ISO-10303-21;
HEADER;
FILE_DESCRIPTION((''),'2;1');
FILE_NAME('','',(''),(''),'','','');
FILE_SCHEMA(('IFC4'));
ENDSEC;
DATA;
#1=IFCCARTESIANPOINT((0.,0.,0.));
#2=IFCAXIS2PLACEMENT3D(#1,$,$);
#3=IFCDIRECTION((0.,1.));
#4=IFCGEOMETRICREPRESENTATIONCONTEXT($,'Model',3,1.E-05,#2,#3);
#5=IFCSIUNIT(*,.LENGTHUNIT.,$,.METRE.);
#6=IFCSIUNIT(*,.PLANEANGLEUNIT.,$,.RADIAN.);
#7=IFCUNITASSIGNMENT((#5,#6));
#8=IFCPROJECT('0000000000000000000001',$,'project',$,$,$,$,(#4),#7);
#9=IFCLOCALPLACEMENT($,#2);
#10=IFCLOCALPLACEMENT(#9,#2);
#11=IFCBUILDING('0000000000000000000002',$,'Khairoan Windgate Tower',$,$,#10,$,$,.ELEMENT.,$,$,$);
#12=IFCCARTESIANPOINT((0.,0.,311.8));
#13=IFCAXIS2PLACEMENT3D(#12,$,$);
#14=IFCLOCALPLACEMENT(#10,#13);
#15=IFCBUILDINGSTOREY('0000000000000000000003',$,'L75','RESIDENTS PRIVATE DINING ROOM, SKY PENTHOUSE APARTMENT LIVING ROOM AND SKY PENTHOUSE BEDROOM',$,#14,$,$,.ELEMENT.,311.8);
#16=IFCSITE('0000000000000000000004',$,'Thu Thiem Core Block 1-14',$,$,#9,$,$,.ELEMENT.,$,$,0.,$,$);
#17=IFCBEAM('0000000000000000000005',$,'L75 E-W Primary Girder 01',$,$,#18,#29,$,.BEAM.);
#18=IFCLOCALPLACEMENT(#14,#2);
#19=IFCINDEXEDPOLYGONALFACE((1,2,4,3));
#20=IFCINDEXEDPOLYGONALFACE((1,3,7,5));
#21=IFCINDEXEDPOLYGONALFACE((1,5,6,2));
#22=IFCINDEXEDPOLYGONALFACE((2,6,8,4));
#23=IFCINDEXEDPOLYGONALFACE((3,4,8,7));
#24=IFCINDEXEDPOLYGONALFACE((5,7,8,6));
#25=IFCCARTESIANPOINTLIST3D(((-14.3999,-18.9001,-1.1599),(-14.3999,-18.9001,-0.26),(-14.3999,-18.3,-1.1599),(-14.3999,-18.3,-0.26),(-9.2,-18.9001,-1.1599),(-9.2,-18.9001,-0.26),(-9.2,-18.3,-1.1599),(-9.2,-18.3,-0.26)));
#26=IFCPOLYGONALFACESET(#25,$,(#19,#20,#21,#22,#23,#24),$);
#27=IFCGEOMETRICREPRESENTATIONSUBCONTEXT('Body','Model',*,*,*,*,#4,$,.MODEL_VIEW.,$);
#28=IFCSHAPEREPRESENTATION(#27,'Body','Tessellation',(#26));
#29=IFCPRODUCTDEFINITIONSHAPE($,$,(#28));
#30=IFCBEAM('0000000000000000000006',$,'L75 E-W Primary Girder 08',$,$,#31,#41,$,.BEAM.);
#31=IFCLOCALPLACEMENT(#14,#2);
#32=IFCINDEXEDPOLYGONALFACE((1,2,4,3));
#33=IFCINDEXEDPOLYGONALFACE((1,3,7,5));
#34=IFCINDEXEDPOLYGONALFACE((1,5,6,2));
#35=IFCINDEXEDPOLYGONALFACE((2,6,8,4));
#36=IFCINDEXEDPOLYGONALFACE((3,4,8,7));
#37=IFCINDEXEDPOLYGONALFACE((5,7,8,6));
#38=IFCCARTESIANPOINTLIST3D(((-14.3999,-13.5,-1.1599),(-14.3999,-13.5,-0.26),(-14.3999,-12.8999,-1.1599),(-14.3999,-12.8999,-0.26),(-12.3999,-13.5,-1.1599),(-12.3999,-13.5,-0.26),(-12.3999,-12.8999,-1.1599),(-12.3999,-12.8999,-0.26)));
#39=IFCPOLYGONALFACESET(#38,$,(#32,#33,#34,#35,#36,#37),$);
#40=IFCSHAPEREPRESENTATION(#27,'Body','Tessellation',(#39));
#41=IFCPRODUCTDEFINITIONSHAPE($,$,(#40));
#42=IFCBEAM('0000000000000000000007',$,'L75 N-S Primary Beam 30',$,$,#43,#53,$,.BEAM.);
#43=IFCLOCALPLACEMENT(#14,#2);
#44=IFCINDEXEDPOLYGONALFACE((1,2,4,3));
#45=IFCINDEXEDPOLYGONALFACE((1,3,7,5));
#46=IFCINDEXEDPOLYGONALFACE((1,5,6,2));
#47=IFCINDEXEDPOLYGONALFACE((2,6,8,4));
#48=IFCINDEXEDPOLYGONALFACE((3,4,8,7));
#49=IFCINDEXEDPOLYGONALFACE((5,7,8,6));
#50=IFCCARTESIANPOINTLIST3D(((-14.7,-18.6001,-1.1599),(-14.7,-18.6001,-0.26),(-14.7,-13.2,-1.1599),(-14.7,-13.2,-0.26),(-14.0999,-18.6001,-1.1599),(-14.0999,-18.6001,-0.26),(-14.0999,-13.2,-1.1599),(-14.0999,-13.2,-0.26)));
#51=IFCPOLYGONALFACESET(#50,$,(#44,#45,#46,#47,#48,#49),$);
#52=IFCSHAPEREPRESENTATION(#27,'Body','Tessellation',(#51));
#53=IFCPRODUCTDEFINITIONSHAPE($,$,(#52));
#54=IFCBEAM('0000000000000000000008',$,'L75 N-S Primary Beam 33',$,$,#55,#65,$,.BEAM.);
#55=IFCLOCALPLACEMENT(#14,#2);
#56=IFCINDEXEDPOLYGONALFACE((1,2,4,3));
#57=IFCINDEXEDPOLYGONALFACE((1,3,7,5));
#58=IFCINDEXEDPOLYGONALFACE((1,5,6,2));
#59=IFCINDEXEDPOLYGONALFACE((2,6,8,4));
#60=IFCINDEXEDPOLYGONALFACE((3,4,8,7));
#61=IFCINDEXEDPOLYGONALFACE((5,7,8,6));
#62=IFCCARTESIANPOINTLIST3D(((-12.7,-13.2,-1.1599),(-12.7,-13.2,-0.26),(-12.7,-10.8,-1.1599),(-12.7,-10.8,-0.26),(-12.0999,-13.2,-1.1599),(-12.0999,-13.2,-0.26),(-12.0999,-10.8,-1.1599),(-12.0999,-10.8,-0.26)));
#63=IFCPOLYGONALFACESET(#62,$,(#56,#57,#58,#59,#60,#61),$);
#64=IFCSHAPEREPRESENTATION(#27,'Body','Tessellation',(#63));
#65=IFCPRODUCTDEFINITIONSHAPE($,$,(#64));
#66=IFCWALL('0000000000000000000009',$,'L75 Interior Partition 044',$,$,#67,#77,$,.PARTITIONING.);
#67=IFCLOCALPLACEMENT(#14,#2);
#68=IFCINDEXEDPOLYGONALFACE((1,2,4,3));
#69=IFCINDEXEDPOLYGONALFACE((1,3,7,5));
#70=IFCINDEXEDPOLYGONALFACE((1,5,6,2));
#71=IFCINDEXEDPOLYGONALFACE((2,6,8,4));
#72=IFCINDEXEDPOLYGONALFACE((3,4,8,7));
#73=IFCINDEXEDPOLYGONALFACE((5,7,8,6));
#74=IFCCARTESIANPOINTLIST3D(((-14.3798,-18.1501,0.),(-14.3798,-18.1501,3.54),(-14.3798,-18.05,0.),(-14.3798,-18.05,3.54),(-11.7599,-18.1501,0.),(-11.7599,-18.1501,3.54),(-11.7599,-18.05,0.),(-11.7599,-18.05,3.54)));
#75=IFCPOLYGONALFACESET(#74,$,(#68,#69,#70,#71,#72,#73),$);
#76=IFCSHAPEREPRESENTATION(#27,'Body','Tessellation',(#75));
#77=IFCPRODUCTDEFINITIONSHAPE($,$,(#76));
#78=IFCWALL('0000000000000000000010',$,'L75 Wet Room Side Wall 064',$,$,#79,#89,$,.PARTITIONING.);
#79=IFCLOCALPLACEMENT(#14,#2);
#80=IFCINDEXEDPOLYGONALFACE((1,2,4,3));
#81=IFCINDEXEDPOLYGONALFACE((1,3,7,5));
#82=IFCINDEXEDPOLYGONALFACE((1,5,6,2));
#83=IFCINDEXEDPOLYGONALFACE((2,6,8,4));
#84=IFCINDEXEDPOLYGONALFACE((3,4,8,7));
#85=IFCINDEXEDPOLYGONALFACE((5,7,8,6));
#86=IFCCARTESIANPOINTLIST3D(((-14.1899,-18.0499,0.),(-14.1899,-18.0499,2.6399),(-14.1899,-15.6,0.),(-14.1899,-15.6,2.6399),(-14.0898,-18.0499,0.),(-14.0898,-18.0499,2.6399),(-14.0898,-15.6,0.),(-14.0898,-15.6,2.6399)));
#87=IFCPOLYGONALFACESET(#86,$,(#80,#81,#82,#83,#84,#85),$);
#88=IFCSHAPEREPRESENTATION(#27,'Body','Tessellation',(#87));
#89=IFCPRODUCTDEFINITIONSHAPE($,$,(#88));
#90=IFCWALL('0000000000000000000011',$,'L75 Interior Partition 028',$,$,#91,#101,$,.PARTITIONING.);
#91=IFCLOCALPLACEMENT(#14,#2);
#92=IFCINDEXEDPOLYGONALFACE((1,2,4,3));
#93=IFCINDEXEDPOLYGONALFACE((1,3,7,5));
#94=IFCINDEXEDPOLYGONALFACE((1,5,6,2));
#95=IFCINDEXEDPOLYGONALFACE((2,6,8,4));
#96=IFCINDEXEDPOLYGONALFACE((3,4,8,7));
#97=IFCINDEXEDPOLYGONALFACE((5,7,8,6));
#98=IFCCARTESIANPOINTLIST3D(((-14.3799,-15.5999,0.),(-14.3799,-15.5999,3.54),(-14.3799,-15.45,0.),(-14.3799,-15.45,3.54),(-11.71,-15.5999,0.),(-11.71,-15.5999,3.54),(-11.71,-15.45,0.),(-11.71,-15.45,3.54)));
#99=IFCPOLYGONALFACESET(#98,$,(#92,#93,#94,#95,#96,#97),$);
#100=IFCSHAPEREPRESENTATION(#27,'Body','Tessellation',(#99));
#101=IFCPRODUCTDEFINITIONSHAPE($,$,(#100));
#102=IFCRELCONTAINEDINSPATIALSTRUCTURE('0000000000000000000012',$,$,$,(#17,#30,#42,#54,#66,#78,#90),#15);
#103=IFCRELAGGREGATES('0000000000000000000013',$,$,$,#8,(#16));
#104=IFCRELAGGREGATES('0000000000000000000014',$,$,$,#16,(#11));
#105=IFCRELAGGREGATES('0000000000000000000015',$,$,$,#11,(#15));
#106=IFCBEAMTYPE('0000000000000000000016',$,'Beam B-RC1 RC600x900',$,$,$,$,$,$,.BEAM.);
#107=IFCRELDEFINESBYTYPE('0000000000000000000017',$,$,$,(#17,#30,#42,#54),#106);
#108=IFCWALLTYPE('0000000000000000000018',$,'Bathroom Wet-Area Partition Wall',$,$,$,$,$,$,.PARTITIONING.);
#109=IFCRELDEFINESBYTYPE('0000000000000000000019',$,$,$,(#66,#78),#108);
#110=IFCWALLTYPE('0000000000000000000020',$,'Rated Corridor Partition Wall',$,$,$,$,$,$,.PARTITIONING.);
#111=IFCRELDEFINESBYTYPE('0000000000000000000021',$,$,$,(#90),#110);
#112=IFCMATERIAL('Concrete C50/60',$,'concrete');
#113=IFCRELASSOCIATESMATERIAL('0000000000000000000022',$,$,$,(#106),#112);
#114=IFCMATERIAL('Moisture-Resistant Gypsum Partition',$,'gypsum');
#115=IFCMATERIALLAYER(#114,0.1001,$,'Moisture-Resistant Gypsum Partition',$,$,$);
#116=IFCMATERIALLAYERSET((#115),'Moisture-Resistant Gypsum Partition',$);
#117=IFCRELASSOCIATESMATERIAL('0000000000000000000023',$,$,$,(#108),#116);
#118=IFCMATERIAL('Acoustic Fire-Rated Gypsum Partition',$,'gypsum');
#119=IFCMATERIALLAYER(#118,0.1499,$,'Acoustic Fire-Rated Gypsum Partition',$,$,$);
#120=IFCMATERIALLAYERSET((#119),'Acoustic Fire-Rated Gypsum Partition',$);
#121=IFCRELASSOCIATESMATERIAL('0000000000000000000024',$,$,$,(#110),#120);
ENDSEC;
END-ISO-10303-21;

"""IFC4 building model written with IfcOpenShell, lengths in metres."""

from ifc_helpers import new_model, si_unit, direction, frame, frame_2d, origin, origin_2d, place, context, subcontext, project, spatial, rectangle, extrude, material, layer, layer_set, material_profile, profile_set, type_object, element, save


model = new_model("IFC4")

# Units and contexts
model_context = context("Model", 3, precision=1e-05, world=origin(), true_north=direction((0.0, 1.0)))
body_context = subcontext(model_context, "Body", "Model", "MODEL_VIEW")
ifc_project = project(units=[si_unit("LENGTHUNIT", "METRE"), si_unit("PLANEANGLEUNIT", "RADIAN")], contexts=[model_context])

# Site, building, storey
site_placement = place(None, origin())
site = spatial("IfcSite", under=ifc_project, at=site_placement, Name="Thu Thiem Core Block 1-14", CompositionType="ELEMENT", RefElevation=0.0)
building_placement = place(site_placement, origin())
building = spatial("IfcBuilding", under=site, at=building_placement, Name="Khairoan Windgate Tower", CompositionType="ELEMENT")
storey_placement = place(building_placement, frame((0.0, 0.0, 311.8)))
storey = spatial("IfcBuildingStorey", under=building, at=storey_placement, Name="L75", Description="RESIDENTS PRIVATE DINING ROOM, SKY PENTHOUSE APARTMENT LIVING ROOM AND SKY PENTHOUSE BEDROOM", CompositionType="ELEMENT", Elevation=311.8)

# Beams
ifc_material_1 = material(Name="Concrete C50/60", Category="concrete")
ifc_material_profile = material_profile(ifc_material_1, rectangle(XDim=0.6001, YDim=0.8999, at=origin_2d()))
ifc_profile_set = profile_set([ifc_material_profile], Name="Concrete C50/60")
beam_type = type_object("IfcBeamType", Name="Beam B-RC1 RC600x900", PredefinedType="BEAM", material=ifc_profile_set)
beam_1_placement = place(storey_placement, frame((-14.3999, -18.6001, -0.71), z_axis=(1.0, 0.0, 0.0), x_axis=(0.0, 1.0, 0.0)))
element("IfcBeam", 1, at=beam_1_placement, inside=storey, type_object=beam_type, Name="L75 E-W Primary Girder 01", PredefinedType="BEAM", context=body_context, shape_type="SweptSolid", body=[
    extrude(rectangle(XDim=0.6001, YDim=0.8999, at=origin_2d()), origin(), (0.0, 0.0, 1.0), 5.2),
])
beam_2_placement = place(storey_placement, frame((-14.3999, -13.2, -0.71), z_axis=(1.0, 0.0, 0.0), x_axis=(0.0, 1.0, 0.0)))
element("IfcBeam", 2, at=beam_2_placement, inside=storey, type_object=beam_type, Name="L75 E-W Primary Girder 08", PredefinedType="BEAM", context=body_context, shape_type="SweptSolid", body=[
    extrude(rectangle(XDim=0.6001, YDim=0.8999, at=origin_2d()), origin(), (0.0, 0.0, 1.0), 2.0),
])
beam_3_placement = place(storey_placement, frame((-14.3999, -18.6001, -0.71), z_axis=(0.0, 1.0, 0.0), x_axis=(-1.0, 0.0, 0.0)))
element("IfcBeam", 3, at=beam_3_placement, inside=storey, type_object=beam_type, Name="L75 N-S Primary Beam 30", PredefinedType="BEAM", context=body_context, shape_type="SweptSolid", body=[
    extrude(rectangle(XDim=0.6001, YDim=0.8999, at=origin_2d()), origin(), (0.0, 0.0, 1.0), 5.4001),
])
beam_4_placement = place(storey_placement, frame((-12.3999, -13.2, -0.71), z_axis=(0.0, 1.0, 0.0), x_axis=(-1.0, 0.0, 0.0)))
element("IfcBeam", 4, at=beam_4_placement, inside=storey, type_object=beam_type, Name="L75 N-S Primary Beam 33", PredefinedType="BEAM", context=body_context, shape_type="SweptSolid", body=[
    extrude(rectangle(XDim=0.6001, YDim=0.8999, at=origin_2d()), origin(), (0.0, 0.0, 1.0), 2.3999),
])

# Walls
ifc_material_2 = material(Name="Moisture-Resistant Gypsum Partition", Category="gypsum")
ifc_layer_1 = layer(ifc_material_2, 0.1001, Name="Moisture-Resistant Gypsum Partition")
ifc_layer_set_1 = layer_set([ifc_layer_1], Name="Moisture-Resistant Gypsum Partition")
wall_type_1 = type_object("IfcWallType", Name="Bathroom Wet-Area Partition Wall", PredefinedType="PARTITIONING", material=ifc_layer_set_1)
wall_1_placement = place(storey_placement, frame((-14.3799, -18.1001, 0.0), z_axis=(0.0, 0.0, 1.0), x_axis=(1.0, 0.0, 0.0)))
element("IfcWall", 5, at=wall_1_placement, inside=storey, type_object=wall_type_1, Name="L75 Interior Partition 044", PredefinedType="PARTITIONING", context=body_context, shape_type="SweptSolid", body=[
    extrude(rectangle(XDim=2.6199, YDim=0.1001, at=frame_2d((1.3101, 0.0))), origin(), (0.0, 0.0, 1.0), 3.54),
])
wall_2_placement = place(storey_placement, frame((-14.1399, -18.05, 0.0), z_axis=(0.0, 0.0, 1.0), x_axis=(0.0, 1.0, 0.0)))
element("IfcWall", 6, at=wall_2_placement, inside=storey, type_object=wall_type_1, Name="L75 Wet Room Side Wall 064", PredefinedType="PARTITIONING", context=body_context, shape_type="SweptSolid", body=[
    extrude(rectangle(XDim=2.45, YDim=0.1001, at=frame_2d((1.2251, 0.0))), origin(), (0.0, 0.0, 1.0), 2.6399),
])
ifc_material_3 = material(Name="Acoustic Fire-Rated Gypsum Partition", Category="gypsum")
ifc_layer_2 = layer(ifc_material_3, 0.1499, Name="Acoustic Fire-Rated Gypsum Partition")
ifc_layer_set_2 = layer_set([ifc_layer_2], Name="Acoustic Fire-Rated Gypsum Partition")
wall_type_2 = type_object("IfcWallType", Name="Rated Corridor Partition Wall", PredefinedType="PARTITIONING", material=ifc_layer_set_2)
wall_3_placement = place(storey_placement, frame((-14.3799, -15.5249, 0.0), z_axis=(0.0, 0.0, 1.0), x_axis=(1.0, 0.0, 0.0)))
element("IfcWall", 7, at=wall_3_placement, inside=storey, type_object=wall_type_2, Name="L75 Interior Partition 028", PredefinedType="PARTITIONING", context=body_context, shape_type="SweptSolid", body=[
    extrude(rectangle(XDim=2.6699, YDim=0.1499, at=frame_2d((1.335, 0.0))), origin(), (0.0, 0.0, 1.0), 3.54),
])

save(model, "model.ifc")
